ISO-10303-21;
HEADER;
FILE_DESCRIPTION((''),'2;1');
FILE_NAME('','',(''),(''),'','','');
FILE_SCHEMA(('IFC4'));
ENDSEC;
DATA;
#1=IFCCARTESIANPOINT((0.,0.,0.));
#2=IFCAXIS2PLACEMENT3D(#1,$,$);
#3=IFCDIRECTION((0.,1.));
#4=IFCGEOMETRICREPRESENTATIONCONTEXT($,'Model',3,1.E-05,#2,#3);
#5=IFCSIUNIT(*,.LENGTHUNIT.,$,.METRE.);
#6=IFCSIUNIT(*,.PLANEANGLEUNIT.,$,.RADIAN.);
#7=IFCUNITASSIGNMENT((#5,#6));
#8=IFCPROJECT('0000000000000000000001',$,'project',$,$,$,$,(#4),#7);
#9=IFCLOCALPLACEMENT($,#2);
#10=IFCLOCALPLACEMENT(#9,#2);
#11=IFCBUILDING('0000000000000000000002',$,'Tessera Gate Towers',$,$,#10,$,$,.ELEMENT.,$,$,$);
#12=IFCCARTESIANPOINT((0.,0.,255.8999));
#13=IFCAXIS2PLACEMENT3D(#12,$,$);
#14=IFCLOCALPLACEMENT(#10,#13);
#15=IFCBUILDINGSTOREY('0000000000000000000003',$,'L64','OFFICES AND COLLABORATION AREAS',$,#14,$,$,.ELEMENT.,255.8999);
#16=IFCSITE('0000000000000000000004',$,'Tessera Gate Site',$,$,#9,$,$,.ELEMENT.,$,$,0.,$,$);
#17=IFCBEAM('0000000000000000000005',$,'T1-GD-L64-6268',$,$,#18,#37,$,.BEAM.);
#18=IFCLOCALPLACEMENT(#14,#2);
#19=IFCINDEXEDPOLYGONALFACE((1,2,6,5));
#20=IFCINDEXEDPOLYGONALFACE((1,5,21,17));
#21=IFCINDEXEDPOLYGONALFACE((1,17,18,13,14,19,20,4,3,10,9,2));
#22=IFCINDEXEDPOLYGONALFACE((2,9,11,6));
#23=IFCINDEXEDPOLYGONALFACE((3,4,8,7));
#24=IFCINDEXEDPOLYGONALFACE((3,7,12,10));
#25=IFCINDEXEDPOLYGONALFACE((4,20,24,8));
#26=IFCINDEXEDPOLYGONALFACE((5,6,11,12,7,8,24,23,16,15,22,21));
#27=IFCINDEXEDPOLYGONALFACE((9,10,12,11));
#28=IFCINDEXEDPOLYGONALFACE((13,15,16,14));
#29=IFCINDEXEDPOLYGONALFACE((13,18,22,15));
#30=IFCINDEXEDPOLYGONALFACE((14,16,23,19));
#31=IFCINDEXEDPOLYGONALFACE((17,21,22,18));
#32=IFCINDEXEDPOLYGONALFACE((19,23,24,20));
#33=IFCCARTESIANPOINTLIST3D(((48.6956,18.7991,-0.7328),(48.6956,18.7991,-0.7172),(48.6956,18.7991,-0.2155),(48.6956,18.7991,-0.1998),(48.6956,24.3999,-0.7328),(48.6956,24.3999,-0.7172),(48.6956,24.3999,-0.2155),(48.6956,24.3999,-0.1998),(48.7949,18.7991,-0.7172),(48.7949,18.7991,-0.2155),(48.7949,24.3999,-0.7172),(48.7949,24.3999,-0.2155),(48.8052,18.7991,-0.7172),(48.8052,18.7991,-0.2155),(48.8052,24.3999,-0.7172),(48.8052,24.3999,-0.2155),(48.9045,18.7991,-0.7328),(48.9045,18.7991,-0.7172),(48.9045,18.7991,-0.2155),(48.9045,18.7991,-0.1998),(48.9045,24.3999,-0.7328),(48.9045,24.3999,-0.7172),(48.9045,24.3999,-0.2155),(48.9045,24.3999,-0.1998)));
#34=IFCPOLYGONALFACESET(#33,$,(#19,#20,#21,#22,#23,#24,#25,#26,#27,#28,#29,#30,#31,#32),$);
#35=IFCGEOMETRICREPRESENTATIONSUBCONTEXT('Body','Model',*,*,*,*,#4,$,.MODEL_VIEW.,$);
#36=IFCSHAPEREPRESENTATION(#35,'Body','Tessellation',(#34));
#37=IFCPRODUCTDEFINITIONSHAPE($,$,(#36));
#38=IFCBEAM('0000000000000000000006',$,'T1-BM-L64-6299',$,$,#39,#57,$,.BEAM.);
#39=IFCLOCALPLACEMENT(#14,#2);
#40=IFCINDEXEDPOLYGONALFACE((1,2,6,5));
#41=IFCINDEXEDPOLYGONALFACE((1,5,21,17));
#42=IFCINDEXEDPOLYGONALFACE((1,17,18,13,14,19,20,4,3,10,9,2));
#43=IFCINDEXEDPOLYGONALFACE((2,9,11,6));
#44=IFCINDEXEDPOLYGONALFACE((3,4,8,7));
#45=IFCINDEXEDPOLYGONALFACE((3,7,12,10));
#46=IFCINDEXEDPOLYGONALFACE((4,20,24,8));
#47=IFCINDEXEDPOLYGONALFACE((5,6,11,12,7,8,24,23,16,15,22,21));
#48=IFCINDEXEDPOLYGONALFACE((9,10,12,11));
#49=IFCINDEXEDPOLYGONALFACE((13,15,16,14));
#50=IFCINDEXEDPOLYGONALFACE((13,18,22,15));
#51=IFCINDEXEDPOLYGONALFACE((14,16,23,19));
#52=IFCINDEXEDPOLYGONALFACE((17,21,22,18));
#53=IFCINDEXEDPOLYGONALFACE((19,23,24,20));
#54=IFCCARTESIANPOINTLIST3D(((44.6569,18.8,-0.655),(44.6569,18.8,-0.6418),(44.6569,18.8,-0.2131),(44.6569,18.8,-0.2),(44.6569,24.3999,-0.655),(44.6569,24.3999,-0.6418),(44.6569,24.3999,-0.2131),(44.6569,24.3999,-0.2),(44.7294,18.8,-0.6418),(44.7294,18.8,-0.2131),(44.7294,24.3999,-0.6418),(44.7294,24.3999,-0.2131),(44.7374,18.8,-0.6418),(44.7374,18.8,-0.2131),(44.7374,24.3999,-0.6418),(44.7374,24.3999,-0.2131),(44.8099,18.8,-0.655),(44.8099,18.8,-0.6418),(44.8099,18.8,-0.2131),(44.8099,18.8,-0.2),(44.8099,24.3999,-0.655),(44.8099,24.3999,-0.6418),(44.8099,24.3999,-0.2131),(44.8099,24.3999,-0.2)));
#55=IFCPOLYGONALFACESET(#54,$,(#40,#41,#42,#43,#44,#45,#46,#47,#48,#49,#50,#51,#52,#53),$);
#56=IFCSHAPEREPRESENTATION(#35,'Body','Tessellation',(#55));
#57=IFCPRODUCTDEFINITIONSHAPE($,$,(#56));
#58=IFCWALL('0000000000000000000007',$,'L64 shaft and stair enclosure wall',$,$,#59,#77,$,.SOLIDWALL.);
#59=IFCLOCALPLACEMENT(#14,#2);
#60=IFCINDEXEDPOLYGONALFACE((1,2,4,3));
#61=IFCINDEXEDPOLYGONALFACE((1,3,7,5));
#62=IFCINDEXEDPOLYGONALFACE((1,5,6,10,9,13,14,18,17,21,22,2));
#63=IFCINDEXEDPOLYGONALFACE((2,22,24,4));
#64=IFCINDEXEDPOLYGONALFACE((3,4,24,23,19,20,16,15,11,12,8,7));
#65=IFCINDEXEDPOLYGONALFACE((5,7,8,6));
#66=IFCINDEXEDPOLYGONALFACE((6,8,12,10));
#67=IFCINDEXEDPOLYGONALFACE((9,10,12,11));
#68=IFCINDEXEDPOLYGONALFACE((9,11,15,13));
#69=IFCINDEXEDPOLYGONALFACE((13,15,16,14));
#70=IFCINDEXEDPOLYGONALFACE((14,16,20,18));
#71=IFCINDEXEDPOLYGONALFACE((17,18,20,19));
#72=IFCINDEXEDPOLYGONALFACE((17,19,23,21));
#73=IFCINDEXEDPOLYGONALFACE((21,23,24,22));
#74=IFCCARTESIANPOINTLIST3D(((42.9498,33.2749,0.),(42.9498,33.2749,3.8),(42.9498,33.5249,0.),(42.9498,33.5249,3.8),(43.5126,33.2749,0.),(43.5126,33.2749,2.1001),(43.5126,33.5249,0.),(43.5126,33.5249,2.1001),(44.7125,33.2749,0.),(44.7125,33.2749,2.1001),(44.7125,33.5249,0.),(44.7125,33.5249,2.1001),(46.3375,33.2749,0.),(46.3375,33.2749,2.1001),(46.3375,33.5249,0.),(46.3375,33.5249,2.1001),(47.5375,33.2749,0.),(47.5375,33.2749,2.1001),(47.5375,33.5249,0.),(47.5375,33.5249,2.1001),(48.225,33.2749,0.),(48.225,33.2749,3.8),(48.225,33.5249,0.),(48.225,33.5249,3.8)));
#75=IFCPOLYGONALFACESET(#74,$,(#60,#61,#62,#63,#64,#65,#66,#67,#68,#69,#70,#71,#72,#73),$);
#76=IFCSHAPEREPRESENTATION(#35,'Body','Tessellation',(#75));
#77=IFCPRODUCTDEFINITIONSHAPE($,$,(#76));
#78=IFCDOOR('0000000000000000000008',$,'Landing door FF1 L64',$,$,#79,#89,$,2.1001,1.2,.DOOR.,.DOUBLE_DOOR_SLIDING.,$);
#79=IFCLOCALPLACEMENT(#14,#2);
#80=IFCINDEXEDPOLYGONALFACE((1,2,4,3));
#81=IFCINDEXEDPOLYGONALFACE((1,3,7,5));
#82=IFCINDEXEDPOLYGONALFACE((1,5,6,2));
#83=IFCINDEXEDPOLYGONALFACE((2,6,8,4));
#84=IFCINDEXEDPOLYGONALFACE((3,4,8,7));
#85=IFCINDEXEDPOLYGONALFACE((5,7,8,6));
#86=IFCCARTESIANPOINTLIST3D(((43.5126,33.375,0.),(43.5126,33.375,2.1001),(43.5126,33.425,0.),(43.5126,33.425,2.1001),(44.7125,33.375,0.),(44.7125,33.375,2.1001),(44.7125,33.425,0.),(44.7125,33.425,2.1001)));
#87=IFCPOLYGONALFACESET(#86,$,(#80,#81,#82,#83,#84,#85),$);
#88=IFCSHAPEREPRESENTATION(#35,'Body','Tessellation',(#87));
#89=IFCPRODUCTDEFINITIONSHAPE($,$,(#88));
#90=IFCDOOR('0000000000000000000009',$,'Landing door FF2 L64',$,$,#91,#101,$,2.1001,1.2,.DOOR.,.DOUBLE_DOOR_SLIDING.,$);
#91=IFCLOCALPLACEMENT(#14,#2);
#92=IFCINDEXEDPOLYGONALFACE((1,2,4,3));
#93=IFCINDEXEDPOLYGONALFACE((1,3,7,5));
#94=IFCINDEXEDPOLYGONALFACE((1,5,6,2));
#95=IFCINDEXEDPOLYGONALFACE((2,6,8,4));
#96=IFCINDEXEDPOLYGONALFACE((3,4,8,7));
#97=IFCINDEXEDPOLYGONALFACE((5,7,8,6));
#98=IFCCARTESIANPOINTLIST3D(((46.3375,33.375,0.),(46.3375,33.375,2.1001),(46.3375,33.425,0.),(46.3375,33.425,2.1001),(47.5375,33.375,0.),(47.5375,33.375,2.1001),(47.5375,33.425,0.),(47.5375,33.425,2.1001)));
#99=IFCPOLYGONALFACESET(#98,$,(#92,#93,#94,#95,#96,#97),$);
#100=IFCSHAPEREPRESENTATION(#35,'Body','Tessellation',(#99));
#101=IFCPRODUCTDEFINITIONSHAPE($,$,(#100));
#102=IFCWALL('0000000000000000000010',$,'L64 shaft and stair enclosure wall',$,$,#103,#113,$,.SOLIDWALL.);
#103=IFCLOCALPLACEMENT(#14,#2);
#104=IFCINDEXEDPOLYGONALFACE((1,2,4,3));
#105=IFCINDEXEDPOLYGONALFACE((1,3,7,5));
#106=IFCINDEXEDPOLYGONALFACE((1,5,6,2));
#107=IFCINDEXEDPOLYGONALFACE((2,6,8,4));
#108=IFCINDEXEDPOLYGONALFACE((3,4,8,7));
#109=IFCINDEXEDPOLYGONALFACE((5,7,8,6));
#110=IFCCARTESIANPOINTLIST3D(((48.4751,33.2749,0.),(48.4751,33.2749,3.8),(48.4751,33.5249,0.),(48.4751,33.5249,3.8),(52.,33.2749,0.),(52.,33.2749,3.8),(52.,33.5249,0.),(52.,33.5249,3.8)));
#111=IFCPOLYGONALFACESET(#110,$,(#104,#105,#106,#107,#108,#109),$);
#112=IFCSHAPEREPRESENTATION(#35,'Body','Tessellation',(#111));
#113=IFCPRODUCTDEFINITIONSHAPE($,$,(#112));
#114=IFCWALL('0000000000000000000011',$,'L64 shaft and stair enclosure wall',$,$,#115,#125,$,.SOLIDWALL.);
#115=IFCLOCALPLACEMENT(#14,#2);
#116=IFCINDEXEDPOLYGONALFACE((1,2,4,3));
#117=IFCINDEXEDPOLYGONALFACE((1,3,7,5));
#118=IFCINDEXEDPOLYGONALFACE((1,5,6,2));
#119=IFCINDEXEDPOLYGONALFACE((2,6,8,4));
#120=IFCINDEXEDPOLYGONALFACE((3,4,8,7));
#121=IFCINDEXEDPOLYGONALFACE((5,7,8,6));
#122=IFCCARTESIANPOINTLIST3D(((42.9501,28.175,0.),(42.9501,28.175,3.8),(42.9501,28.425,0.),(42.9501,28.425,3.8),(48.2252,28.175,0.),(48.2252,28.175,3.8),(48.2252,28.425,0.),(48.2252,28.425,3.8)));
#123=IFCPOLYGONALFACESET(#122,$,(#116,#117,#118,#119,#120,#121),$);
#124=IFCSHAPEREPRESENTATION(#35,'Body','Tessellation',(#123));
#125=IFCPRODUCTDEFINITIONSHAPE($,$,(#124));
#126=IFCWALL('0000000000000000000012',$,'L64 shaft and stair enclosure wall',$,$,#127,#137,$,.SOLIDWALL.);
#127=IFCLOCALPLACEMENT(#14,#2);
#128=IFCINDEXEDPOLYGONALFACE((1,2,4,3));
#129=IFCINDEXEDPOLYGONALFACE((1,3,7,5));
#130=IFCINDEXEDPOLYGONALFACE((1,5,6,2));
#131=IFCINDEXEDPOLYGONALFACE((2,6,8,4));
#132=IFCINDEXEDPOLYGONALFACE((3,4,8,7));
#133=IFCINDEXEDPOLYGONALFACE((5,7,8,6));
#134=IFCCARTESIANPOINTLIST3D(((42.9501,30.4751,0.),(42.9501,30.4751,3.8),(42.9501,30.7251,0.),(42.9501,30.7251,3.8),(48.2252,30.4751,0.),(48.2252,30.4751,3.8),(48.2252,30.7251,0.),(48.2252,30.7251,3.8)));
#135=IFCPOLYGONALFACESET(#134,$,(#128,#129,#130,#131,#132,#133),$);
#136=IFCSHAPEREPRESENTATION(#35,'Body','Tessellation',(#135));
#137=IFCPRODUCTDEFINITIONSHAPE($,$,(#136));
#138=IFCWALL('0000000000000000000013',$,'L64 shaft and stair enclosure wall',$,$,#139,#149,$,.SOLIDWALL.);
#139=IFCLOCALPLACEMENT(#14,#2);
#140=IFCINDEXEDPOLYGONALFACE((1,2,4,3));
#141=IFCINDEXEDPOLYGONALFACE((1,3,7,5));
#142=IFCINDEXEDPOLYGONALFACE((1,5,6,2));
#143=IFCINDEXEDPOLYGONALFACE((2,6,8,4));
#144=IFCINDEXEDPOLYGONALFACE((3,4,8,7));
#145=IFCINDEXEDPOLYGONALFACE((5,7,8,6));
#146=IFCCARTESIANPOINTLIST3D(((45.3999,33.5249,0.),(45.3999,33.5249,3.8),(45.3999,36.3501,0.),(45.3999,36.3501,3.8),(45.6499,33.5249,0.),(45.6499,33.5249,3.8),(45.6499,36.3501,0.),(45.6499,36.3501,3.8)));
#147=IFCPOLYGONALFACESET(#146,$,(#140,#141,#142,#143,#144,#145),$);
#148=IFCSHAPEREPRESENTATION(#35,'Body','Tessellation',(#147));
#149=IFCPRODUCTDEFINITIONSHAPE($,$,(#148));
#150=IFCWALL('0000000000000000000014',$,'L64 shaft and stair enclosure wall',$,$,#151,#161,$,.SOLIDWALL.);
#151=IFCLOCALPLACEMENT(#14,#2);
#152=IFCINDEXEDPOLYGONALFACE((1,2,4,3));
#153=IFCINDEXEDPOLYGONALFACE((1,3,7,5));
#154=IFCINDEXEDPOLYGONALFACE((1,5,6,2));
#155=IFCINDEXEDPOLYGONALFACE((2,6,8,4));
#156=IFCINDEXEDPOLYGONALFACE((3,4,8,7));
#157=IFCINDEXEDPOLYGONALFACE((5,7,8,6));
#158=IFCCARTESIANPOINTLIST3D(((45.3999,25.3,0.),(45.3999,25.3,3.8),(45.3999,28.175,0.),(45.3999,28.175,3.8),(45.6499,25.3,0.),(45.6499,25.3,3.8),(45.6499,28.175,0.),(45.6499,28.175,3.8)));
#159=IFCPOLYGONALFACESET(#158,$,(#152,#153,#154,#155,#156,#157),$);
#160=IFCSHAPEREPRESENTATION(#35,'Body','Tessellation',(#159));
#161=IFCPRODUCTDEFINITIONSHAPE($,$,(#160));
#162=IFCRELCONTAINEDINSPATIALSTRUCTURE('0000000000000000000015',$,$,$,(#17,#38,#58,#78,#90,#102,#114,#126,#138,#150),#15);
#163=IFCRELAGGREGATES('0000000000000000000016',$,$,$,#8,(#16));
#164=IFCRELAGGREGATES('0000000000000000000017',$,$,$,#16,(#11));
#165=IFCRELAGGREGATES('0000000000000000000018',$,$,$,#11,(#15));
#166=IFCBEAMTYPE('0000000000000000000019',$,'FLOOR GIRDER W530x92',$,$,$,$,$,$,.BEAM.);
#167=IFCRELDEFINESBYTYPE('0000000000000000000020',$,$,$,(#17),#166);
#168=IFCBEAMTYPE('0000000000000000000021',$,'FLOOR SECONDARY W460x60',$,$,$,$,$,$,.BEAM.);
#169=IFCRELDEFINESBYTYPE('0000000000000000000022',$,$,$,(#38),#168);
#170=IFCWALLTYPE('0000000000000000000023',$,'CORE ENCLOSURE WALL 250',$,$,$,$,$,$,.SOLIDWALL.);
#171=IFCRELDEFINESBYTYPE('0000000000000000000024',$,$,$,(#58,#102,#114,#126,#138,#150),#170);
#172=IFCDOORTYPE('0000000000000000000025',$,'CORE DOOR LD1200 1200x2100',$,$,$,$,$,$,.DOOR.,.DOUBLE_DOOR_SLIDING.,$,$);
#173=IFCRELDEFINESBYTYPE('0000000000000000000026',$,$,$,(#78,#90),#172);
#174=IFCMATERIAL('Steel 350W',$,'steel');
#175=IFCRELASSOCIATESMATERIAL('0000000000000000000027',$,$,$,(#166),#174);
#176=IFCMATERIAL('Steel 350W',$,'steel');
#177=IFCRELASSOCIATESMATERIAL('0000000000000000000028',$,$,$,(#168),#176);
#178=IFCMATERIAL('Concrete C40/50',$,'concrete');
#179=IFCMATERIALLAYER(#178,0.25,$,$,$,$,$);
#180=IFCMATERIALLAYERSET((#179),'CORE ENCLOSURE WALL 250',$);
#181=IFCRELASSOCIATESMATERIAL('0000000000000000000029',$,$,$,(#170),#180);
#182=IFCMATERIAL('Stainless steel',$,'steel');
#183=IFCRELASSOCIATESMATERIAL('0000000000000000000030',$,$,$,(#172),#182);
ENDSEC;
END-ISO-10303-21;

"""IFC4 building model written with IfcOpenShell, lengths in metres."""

from ifc_helpers import new_model, si_unit, direction, frame, frame_2d, origin, origin_2d, place, context, subcontext, project, spatial, rectangle, i_section, extrude, source, transform, mapped, material, layer, layer_set, material_profile, profile_set, type_object, element, fill, save


model = new_model("IFC4")

# Units and contexts
model_context = context("Model", 3, precision=1e-05, world=origin(), true_north=direction((0.0, 1.0)))
body_context = subcontext(model_context, "Body", "Model", "MODEL_VIEW")
ifc_project = project(units=[si_unit("LENGTHUNIT", "METRE"), si_unit("PLANEANGLEUNIT", "RADIAN")], contexts=[model_context])

# Site, building, storey
site_placement = place(None, origin())
site = spatial("IfcSite", under=ifc_project, at=site_placement, Name="Tessera Gate Site", CompositionType="ELEMENT", RefElevation=0.0)
building_placement = place(site_placement, origin())
building = spatial("IfcBuilding", under=site, at=building_placement, Name="Tessera Gate Towers", CompositionType="ELEMENT")
storey_placement = place(building_placement, frame((0.0, 0.0, 255.8999)))
storey = spatial("IfcBuildingStorey", under=building, at=storey_placement, Name="L64", Description="OFFICES AND COLLABORATION AREAS", CompositionType="ELEMENT", Elevation=255.8999)

# Beams
ifc_material_1 = material(Name="Steel 350W", Category="steel")
ifc_material_profile_1 = material_profile(ifc_material_1, i_section(OverallWidth=0.209, OverallDepth=0.533, WebThickness=0.0103, FlangeThickness=0.0156, at=origin_2d()), Name="W530x92")
ifc_profile_set_1 = profile_set([ifc_material_profile_1], Name="Steel 350W")
beam_type_1 = type_object("IfcBeamType", Name="FLOOR GIRDER W530x92", PredefinedType="BEAM", material=ifc_profile_set_1)
beam_1_placement = place(storey_placement, frame((48.8, 18.7991, -0.4663), z_axis=(0.0, 1.0, 0.0), x_axis=(-1.0, 0.0, 0.0)))
element("IfcBeam", 1, at=beam_1_placement, inside=storey, type_object=beam_type_1, Name="T1-GD-L64-6268", PredefinedType="BEAM", context=body_context, shape_type="SweptSolid", body=[
    extrude(i_section(OverallWidth=0.209, OverallDepth=0.533, WebThickness=0.0103, FlangeThickness=0.0156, at=origin_2d()), origin(), (0.0, 0.0, 1.0), 5.6008),
])
ifc_material_2 = material(Name="Steel 350W", Category="steel")
ifc_material_profile_2 = material_profile(ifc_material_2, i_section(OverallWidth=0.1531, OverallDepth=0.4551, WebThickness=0.0081, FlangeThickness=0.0132, at=origin_2d()), Name="W460x60")
ifc_profile_set_2 = profile_set([ifc_material_profile_2], Name="Steel 350W")
beam_type_2 = type_object("IfcBeamType", Name="FLOOR SECONDARY W460x60", PredefinedType="BEAM", material=ifc_profile_set_2)
beam_2_placement = place(storey_placement, frame((44.7334, 18.8, -0.4275), z_axis=(0.0, 1.0, 0.0), x_axis=(-1.0, 0.0, 0.0)))
element("IfcBeam", 2, at=beam_2_placement, inside=storey, type_object=beam_type_2, Name="T1-BM-L64-6299", PredefinedType="BEAM", context=body_context, shape_type="SweptSolid", body=[
    extrude(i_section(OverallWidth=0.1531, OverallDepth=0.4551, WebThickness=0.0081, FlangeThickness=0.0132, at=origin_2d()), origin(), (0.0, 0.0, 1.0), 5.5999),
])

# Wall, openings, doors
ifc_material_3 = material(Name="Concrete C40/50", Category="concrete")
ifc_layer_1 = layer(ifc_material_3, 0.25)
ifc_layer_set_1 = layer_set([ifc_layer_1], Name="CORE ENCLOSURE WALL 250")
wall_type_1 = type_object("IfcWallType", Name="CORE ENCLOSURE WALL 250", PredefinedType="SOLIDWALL", material=ifc_layer_set_1)
wall_1_placement = place(storey_placement, frame((48.2251, 33.3999, 0.0), z_axis=(0.0, 0.0, 1.0), x_axis=(-1.0, 0.0, 0.0)))
wall_1 = element("IfcWall", 3, at=wall_1_placement, inside=storey, type_object=wall_type_1, Name="L64 shaft and stair enclosure wall", PredefinedType="SOLIDWALL", context=body_context, shape_type="SweptSolid", body=[
    extrude(rectangle(XDim=5.2751, YDim=0.25, at=frame_2d((2.6377, 0.0))), origin(), (0.0, 0.0, 1.0), 3.8),
])
shared_shape_1 = source(origin(), body_context, "Body", "SweptSolid", [
    extrude(rectangle(XDim=1.2, YDim=2.1001, at=frame_2d((0.6001, 1.05))), frame((0.0, 0.135, 0.0), z_axis=(0.0, -1.0, 0.0), x_axis=(1.0, 0.0, 0.0)), (0.0, 0.0, 1.0), 0.27),
])
opening_1_placement = place(wall_1_placement, frame((3.5125, 0.0, 0.0)))
opening_1 = element("IfcOpeningElement", 4, at=opening_1_placement, cuts=wall_1, PredefinedType="OPENING", context=body_context, shape_type="MappedRepresentation", body=[
    mapped(shared_shape_1, transform((0.0, 0.0, 0.0), scale=1.0)),
])
opening_2_placement = place(wall_1_placement, frame((0.6875, 0.0, 0.0)))
opening_2 = element("IfcOpeningElement", 5, at=opening_2_placement, cuts=wall_1, PredefinedType="OPENING", context=body_context, shape_type="MappedRepresentation", body=[
    mapped(shared_shape_1, transform((0.0, 0.0, 0.0), scale=1.0)),
])
ifc_material_4 = material(Name="Stainless steel", Category="steel")
door_type_1 = type_object("IfcDoorType", Name="CORE DOOR LD1200 1200x2100", OperationType="DOUBLE_DOOR_SLIDING", PredefinedType="DOOR", material=ifc_material_4)
shared_shape_2 = source(origin(), body_context, "Body", "SweptSolid", [
    extrude(rectangle(XDim=1.2, YDim=2.1001, at=frame_2d((0.6001, 1.05))), frame((0.0, 0.0249, 0.0), z_axis=(0.0, -1.0, 0.0), x_axis=(1.0, 0.0, 0.0)), (0.0, 0.0, 1.0), 0.05),
])
door_1_placement = place(opening_1_placement, origin())
door_1 = element("IfcDoor", 6, at=door_1_placement, inside=storey, type_object=door_type_1, Name="Landing door FF1 L64", OperationType="DOUBLE_DOOR_SLIDING", OverallHeight=2.1001, OverallWidth=1.2, PredefinedType="DOOR", context=body_context, shape_type="MappedRepresentation", body=[
    mapped(shared_shape_2, transform((0.0, 0.0, 0.0), scale=1.0)),
])
fill(opening_1, door_1)
door_2_placement = place(opening_2_placement, origin())
door_2 = element("IfcDoor", 7, at=door_2_placement, inside=storey, type_object=door_type_1, Name="Landing door FF2 L64", OperationType="DOUBLE_DOOR_SLIDING", OverallHeight=2.1001, OverallWidth=1.2, PredefinedType="DOOR", context=body_context, shape_type="MappedRepresentation", body=[
    mapped(shared_shape_2, transform((0.0, 0.0, 0.0), scale=1.0)),
])
fill(opening_2, door_2)

# Walls
wall_2_placement = place(storey_placement, frame((48.4751, 33.3999, 0.0), z_axis=(0.0, 0.0, 1.0), x_axis=(1.0, 0.0, 0.0)))
element("IfcWall", 8, at=wall_2_placement, inside=storey, type_object=wall_type_1, Name="L64 shaft and stair enclosure wall", PredefinedType="SOLIDWALL", context=body_context, shape_type="SweptSolid", body=[
    extrude(rectangle(XDim=3.5249, YDim=0.25, at=frame_2d((1.7625, 0.0))), origin(), (0.0, 0.0, 1.0), 3.8),
])
for number, where, z_axis, x_axis, name in (
    (9, (42.95, 28.3, 0.0), (0.0, 0.0, 1.0), (1.0, 0.0, 0.0), "L64 shaft and stair enclosure wall"),
    (10, (42.95, 30.6001, 0.0), (0.0, 0.0, 1.0), (1.0, 0.0, 0.0), "L64 shaft and stair enclosure wall"),
):
    element("IfcWall", number, at=place(storey_placement, frame(where, z_axis=z_axis, x_axis=x_axis)), inside=storey, type_object=wall_type_1, Name=name, PredefinedType="SOLIDWALL", context=body_context, shape_type="SweptSolid", body=[
        extrude(rectangle(XDim=5.2751, YDim=0.25, at=frame_2d((2.6377, 0.0))), origin(), (0.0, 0.0, 1.0), 3.8),
    ])
wall_3_placement = place(storey_placement, frame((45.5249, 33.5249, 0.0), z_axis=(0.0, 0.0, 1.0), x_axis=(0.0, 1.0, 0.0)))
element("IfcWall", 11, at=wall_3_placement, inside=storey, type_object=wall_type_1, Name="L64 shaft and stair enclosure wall", PredefinedType="SOLIDWALL", context=body_context, shape_type="SweptSolid", body=[
    extrude(rectangle(XDim=2.8252, YDim=0.25, at=frame_2d((1.4126, 0.0))), origin(), (0.0, 0.0, 1.0), 3.8),
])
wall_4_placement = place(storey_placement, frame((45.5249, 25.3, 0.0), z_axis=(0.0, 0.0, 1.0), x_axis=(0.0, 1.0, 0.0)))
element("IfcWall", 12, at=wall_4_placement, inside=storey, type_object=wall_type_1, Name="L64 shaft and stair enclosure wall", PredefinedType="SOLIDWALL", context=body_context, shape_type="SweptSolid", body=[
    extrude(rectangle(XDim=2.875, YDim=0.25, at=frame_2d((1.4375, 0.0))), origin(), (0.0, 0.0, 1.0), 3.8),
])

save(model, "model.ifc")
